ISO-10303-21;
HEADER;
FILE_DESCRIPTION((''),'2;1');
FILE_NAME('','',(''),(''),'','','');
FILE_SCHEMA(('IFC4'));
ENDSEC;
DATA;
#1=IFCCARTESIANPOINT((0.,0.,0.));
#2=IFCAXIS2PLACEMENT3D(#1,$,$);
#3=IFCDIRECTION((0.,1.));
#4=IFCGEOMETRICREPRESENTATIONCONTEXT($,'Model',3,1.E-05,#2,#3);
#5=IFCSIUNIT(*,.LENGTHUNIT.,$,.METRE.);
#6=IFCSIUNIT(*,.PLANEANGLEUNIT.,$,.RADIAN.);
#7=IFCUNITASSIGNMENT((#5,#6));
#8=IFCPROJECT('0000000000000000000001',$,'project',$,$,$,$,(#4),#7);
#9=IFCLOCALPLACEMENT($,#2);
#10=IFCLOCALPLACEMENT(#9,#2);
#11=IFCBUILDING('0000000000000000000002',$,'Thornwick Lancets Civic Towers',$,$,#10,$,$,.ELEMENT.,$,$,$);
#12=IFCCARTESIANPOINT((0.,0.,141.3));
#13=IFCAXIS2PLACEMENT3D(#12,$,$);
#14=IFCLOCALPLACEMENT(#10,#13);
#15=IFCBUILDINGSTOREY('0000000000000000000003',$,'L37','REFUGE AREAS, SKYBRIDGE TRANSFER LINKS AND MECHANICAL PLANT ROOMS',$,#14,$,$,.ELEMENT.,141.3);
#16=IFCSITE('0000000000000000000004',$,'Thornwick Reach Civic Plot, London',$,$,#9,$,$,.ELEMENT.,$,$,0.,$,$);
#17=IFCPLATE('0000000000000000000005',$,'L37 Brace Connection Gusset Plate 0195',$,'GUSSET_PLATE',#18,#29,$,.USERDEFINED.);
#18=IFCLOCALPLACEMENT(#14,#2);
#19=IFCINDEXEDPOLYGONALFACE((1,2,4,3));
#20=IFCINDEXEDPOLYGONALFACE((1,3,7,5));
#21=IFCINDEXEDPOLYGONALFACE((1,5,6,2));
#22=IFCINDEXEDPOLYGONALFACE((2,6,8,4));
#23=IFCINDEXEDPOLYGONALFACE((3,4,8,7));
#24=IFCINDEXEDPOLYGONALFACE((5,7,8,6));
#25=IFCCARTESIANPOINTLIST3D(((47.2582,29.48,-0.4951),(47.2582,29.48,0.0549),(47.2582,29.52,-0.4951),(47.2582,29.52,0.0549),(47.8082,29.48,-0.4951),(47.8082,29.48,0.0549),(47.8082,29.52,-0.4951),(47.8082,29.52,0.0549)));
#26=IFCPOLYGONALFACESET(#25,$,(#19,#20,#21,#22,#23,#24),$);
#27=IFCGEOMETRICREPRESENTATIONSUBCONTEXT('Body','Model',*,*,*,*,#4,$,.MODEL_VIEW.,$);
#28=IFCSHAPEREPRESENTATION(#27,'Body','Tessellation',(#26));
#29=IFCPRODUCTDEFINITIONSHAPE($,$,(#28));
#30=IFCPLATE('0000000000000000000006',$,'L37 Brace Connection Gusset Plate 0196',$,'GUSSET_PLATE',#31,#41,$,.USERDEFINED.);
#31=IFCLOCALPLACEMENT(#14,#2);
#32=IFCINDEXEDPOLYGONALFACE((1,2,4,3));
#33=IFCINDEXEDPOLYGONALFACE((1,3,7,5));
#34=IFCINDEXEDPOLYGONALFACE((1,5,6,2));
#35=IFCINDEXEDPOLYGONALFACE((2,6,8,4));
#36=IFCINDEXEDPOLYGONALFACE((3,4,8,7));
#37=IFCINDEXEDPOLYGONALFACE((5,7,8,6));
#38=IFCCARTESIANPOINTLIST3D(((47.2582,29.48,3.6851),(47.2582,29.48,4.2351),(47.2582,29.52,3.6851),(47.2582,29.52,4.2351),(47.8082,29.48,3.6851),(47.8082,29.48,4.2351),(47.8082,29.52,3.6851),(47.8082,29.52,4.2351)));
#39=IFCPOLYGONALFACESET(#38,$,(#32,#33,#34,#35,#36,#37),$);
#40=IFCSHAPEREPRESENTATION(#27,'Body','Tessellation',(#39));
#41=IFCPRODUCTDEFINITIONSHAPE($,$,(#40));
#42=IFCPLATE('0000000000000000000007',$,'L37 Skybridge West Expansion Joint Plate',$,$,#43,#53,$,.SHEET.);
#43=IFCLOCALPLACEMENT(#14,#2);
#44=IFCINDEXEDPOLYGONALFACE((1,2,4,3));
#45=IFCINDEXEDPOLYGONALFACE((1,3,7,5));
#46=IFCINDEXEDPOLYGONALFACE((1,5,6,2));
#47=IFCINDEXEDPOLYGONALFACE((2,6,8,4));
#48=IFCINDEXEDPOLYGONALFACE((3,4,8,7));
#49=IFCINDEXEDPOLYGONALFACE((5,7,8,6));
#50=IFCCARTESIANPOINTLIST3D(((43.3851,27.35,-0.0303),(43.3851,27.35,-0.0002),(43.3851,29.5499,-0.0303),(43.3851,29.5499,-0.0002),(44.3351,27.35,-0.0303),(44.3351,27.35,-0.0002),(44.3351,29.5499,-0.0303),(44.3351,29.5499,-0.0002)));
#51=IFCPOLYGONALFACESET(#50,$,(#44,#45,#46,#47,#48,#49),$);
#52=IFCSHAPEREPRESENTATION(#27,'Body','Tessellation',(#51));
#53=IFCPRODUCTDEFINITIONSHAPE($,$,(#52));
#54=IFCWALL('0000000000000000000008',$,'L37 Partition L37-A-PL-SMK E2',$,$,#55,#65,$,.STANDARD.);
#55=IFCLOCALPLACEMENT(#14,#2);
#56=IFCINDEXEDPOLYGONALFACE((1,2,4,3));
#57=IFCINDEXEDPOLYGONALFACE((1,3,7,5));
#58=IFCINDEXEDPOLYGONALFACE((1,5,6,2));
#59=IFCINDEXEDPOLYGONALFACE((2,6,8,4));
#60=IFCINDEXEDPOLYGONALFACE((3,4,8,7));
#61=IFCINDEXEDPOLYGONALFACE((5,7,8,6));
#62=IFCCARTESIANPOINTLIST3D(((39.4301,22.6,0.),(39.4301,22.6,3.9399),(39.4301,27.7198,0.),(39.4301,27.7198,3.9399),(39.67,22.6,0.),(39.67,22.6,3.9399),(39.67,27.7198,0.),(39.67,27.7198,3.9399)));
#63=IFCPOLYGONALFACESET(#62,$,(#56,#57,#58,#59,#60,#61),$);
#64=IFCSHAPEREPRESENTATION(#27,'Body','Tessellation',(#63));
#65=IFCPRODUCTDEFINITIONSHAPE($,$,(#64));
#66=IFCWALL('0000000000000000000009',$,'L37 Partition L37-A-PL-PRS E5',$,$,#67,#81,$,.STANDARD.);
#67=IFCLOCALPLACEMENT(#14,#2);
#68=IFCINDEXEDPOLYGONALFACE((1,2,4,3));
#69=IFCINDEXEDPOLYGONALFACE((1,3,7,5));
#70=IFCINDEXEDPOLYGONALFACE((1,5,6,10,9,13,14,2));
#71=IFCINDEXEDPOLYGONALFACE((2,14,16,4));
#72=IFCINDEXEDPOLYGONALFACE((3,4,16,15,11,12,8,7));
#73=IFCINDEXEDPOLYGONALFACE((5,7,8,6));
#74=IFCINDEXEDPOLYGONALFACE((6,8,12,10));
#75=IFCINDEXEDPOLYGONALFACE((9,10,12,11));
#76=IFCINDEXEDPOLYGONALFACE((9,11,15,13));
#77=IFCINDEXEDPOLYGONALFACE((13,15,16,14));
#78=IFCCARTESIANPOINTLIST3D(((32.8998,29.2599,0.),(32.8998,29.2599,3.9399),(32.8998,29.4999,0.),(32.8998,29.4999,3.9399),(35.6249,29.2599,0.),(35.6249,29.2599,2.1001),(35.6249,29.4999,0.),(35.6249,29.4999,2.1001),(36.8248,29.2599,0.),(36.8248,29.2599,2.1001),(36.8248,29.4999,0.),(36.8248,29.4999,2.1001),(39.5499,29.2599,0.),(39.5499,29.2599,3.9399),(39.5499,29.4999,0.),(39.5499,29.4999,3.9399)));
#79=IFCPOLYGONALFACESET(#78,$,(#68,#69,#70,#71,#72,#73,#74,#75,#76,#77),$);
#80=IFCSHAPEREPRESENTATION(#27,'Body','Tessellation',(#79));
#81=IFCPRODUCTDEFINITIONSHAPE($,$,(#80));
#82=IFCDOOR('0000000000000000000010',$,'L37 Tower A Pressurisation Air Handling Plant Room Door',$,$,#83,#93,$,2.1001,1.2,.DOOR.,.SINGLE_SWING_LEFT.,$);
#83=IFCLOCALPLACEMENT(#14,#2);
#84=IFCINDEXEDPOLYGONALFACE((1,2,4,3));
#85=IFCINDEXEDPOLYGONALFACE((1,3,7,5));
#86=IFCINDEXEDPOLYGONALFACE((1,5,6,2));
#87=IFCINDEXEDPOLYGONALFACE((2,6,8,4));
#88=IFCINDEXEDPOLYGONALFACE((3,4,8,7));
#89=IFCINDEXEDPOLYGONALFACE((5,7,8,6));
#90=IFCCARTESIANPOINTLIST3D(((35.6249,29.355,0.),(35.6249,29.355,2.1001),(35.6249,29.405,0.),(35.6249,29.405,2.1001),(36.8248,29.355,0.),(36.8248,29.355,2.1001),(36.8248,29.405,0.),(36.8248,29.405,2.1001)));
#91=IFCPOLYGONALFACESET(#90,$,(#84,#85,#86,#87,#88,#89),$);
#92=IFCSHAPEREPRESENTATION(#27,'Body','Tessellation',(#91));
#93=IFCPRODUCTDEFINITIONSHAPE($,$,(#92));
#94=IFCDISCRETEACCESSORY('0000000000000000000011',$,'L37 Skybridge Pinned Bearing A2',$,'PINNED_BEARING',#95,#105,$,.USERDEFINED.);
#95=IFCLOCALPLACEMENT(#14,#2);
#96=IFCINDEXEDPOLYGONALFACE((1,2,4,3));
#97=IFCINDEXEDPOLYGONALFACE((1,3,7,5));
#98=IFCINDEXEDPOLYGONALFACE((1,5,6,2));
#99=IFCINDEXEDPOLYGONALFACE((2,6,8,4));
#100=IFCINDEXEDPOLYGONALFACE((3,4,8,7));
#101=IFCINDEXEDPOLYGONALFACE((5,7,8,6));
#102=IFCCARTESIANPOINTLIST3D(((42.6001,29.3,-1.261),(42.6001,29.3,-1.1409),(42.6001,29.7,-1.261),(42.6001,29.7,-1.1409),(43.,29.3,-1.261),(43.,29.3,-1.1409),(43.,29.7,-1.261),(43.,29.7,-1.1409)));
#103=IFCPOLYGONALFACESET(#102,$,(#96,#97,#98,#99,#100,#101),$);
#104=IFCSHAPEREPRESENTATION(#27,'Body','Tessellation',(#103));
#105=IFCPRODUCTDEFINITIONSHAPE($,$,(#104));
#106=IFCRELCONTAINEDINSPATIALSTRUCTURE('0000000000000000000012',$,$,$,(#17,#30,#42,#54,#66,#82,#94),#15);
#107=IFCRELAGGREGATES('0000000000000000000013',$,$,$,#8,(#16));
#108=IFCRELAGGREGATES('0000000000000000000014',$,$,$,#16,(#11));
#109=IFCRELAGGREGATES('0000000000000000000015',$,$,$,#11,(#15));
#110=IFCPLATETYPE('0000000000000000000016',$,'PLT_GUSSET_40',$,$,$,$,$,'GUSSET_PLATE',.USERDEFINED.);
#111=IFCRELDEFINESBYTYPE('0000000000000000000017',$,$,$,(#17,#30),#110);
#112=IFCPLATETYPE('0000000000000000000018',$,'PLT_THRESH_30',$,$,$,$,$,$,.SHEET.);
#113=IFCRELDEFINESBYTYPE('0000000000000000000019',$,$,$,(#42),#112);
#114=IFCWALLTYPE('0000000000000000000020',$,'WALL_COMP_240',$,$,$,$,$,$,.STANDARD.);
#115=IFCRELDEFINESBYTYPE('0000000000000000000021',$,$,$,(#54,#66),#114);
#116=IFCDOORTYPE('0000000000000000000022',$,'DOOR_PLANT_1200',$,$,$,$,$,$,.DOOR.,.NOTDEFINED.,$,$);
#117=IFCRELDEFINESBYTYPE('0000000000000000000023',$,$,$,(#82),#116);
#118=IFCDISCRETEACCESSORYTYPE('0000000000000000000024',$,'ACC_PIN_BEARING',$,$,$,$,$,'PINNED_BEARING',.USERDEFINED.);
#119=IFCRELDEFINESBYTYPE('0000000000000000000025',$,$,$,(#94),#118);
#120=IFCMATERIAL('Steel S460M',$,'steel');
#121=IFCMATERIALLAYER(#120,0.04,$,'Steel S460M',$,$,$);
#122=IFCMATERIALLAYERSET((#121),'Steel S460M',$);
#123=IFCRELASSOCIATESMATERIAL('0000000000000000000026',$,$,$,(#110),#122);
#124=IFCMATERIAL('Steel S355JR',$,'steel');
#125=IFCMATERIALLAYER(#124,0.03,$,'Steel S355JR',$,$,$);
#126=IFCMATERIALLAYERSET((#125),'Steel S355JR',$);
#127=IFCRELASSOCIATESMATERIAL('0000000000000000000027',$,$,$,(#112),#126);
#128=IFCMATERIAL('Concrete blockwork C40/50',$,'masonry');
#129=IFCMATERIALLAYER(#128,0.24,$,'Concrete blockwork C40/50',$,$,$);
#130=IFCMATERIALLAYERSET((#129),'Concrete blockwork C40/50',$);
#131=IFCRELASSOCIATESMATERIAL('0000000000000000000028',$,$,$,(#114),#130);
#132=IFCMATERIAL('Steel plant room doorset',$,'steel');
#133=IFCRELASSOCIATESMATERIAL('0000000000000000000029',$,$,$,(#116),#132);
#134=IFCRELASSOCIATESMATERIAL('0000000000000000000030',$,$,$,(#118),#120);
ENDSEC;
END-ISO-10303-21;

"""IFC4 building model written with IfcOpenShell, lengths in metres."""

from ifc_helpers import new_model, si_unit, direction, frame, frame_2d, origin, origin_2d, place, context, subcontext, project, spatial, rectangle, extrude, material, layer, layer_set, type_object, element, fill, save


model = new_model("IFC4")

# Units and contexts
model_context = context("Model", 3, precision=1e-05, world=origin(), true_north=direction((0.0, 1.0)))
body_context = subcontext(model_context, "Body", "Model", "MODEL_VIEW")
ifc_project = project(units=[si_unit("LENGTHUNIT", "METRE"), si_unit("PLANEANGLEUNIT", "RADIAN")], contexts=[model_context])

# Site, building, storey
site_placement = place(None, origin())
site = spatial("IfcSite", under=ifc_project, at=site_placement, Name="Thornwick Reach Civic Plot, London", CompositionType="ELEMENT", RefElevation=0.0)
building_placement = place(site_placement, origin())
building = spatial("IfcBuilding", under=site, at=building_placement, Name="Thornwick Lancets Civic Towers", CompositionType="ELEMENT")
storey_placement = place(building_placement, frame((0.0, 0.0, 141.3)))
storey = spatial("IfcBuildingStorey", under=building, at=storey_placement, Name="L37", Description="REFUGE AREAS, SKYBRIDGE TRANSFER LINKS AND MECHANICAL PLANT ROOMS", CompositionType="ELEMENT", Elevation=141.3)

# Shared definitions
ifc_material_1 = material(Name="Steel S355JR", Category="steel")
ifc_material_2 = material(Name="Steel S460M", Category="steel")

# Plates
ifc_layer_1 = layer(ifc_material_2, 0.04, Name="Steel S460M")
ifc_layer_set_1 = layer_set([ifc_layer_1], Name="Steel S460M")
plate_type_1 = type_object("IfcPlateType", Name="PLT_GUSSET_40", ElementType="GUSSET_PLATE", PredefinedType="USERDEFINED", material=ifc_layer_set_1)
for number, where, z_axis, x_axis, name in (
    (1, (47.5332, 29.5, -0.4951), (0.0, 0.0, 1.0), (1.0, 0.0, 0.0), "L37 Brace Connection Gusset Plate 0195"),
    (2, (47.5332, 29.5, 3.6851), (0.0, 0.0, 1.0), (1.0, 0.0, 0.0), "L37 Brace Connection Gusset Plate 0196"),
):
    element("IfcPlate", number, at=place(storey_placement, frame(where, z_axis=z_axis, x_axis=x_axis)), inside=storey, type_object=plate_type_1, Name=name, ObjectType="GUSSET_PLATE", PredefinedType="USERDEFINED", context=body_context, shape_type="SweptSolid", body=[
        extrude(rectangle(XDim=0.55, YDim=0.04, at=origin_2d()), origin(), (0.0, 0.0, 1.0), 0.55),
    ])
ifc_layer_2 = layer(ifc_material_1, 0.03, Name="Steel S355JR")
ifc_layer_set_2 = layer_set([ifc_layer_2], Name="Steel S355JR")
plate_type_2 = type_object("IfcPlateType", Name="PLT_THRESH_30", PredefinedType="SHEET", material=ifc_layer_set_2)
plate_1_placement = place(storey_placement, frame((43.8601, 28.45, -0.0303), z_axis=(0.0, 0.0, 1.0), x_axis=(1.0, 0.0, 0.0)))
element("IfcPlate", 3, at=plate_1_placement, inside=storey, type_object=plate_type_2, Name="L37 Skybridge West Expansion Joint Plate", PredefinedType="SHEET", context=body_context, shape_type="SweptSolid", body=[
    extrude(rectangle(XDim=0.95, YDim=2.2, at=origin_2d()), origin(), (0.0, 0.0, 1.0), 0.03),
])

# Wall
ifc_material_3 = material(Name="Concrete blockwork C40/50", Category="masonry")
ifc_layer_3 = layer(ifc_material_3, 0.24, Name="Concrete blockwork C40/50")
ifc_layer_set_3 = layer_set([ifc_layer_3], Name="Concrete blockwork C40/50")
wall_type = type_object("IfcWallType", Name="WALL_COMP_240", PredefinedType="STANDARD", material=ifc_layer_set_3)
wall_1_placement = place(storey_placement, frame((39.55, 27.72, 0.0), z_axis=(0.0, 0.0, 1.0), x_axis=(0.0, -1.0, 0.0)))
element("IfcWall", 4, at=wall_1_placement, inside=storey, type_object=wall_type, Name="L37 Partition L37-A-PL-SMK E2", PredefinedType="STANDARD", context=body_context, shape_type="SweptSolid", body=[
    extrude(rectangle(XDim=5.1199, YDim=0.24, at=frame_2d((2.5601, 0.0))), origin(), (0.0, 0.0, 1.0), 3.9399),
])

# Wall, opening, door
wall_2_placement = place(storey_placement, frame((39.55, 29.3799, 0.0), z_axis=(0.0, 0.0, 1.0), x_axis=(-1.0, 0.0, 0.0)))
wall_2 = element("IfcWall", 5, at=wall_2_placement, inside=storey, type_object=wall_type, Name="L37 Partition L37-A-PL-PRS E5", PredefinedType="STANDARD", context=body_context, shape_type="SweptSolid", body=[
    extrude(rectangle(XDim=6.6501, YDim=0.24, at=frame_2d((3.3252, 0.0))), origin(), (0.0, 0.0, 1.0), 3.9399),
])
opening_placement = place(wall_2_placement, frame((2.7251, 0.0, 0.0)))
opening = element("IfcOpeningElement", 6, at=opening_placement, cuts=wall_2, PredefinedType="OPENING", context=body_context, shape_type="SweptSolid", body=[
    extrude(rectangle(XDim=1.2, YDim=2.1001, at=frame_2d((0.6001, 1.05))), frame((0.0, 0.1299, 0.0), z_axis=(0.0, -1.0, 0.0), x_axis=(1.0, 0.0, 0.0)), (0.0, 0.0, 1.0), 0.26),
])
ifc_material_4 = material(Name="Steel plant room doorset", Category="steel")
door_type = type_object("IfcDoorType", Name="DOOR_PLANT_1200", OperationType="NOTDEFINED", PredefinedType="DOOR", material=ifc_material_4)
door_placement = place(opening_placement, origin())
door = element("IfcDoor", 7, at=door_placement, inside=storey, type_object=door_type, Name="L37 Tower A Pressurisation Air Handling Plant Room Door", OperationType="SINGLE_SWING_LEFT", OverallHeight=2.1001, OverallWidth=1.2, PredefinedType="DOOR", context=body_context, shape_type="SweptSolid", body=[
    extrude(rectangle(XDim=1.2, YDim=2.1001, at=frame_2d((0.6001, 1.05))), frame((0.0, 0.0249, 0.0), z_axis=(0.0, -1.0, 0.0), x_axis=(1.0, 0.0, 0.0)), (0.0, 0.0, 1.0), 0.05),
])
fill(opening, door)

# Discrete accessory
discrete_accessory_type = type_object("IfcDiscreteAccessoryType", Name="ACC_PIN_BEARING", ElementType="PINNED_BEARING", PredefinedType="USERDEFINED", material=ifc_material_2)
discrete_accessory_placement = place(storey_placement, frame((42.8, 29.5, -1.261), z_axis=(0.0, 0.0, 1.0), x_axis=(1.0, 0.0, 0.0)))
element("IfcDiscreteAccessory", 8, at=discrete_accessory_placement, inside=storey, type_object=discrete_accessory_type, Name="L37 Skybridge Pinned Bearing A2", ObjectType="PINNED_BEARING", PredefinedType="USERDEFINED", context=body_context, shape_type="SweptSolid", body=[
    extrude(rectangle(XDim=0.3999, YDim=0.3999, at=origin_2d()), origin(), (0.0, 0.0, 1.0), 0.1201),
])

save(model, "model.ifc")
